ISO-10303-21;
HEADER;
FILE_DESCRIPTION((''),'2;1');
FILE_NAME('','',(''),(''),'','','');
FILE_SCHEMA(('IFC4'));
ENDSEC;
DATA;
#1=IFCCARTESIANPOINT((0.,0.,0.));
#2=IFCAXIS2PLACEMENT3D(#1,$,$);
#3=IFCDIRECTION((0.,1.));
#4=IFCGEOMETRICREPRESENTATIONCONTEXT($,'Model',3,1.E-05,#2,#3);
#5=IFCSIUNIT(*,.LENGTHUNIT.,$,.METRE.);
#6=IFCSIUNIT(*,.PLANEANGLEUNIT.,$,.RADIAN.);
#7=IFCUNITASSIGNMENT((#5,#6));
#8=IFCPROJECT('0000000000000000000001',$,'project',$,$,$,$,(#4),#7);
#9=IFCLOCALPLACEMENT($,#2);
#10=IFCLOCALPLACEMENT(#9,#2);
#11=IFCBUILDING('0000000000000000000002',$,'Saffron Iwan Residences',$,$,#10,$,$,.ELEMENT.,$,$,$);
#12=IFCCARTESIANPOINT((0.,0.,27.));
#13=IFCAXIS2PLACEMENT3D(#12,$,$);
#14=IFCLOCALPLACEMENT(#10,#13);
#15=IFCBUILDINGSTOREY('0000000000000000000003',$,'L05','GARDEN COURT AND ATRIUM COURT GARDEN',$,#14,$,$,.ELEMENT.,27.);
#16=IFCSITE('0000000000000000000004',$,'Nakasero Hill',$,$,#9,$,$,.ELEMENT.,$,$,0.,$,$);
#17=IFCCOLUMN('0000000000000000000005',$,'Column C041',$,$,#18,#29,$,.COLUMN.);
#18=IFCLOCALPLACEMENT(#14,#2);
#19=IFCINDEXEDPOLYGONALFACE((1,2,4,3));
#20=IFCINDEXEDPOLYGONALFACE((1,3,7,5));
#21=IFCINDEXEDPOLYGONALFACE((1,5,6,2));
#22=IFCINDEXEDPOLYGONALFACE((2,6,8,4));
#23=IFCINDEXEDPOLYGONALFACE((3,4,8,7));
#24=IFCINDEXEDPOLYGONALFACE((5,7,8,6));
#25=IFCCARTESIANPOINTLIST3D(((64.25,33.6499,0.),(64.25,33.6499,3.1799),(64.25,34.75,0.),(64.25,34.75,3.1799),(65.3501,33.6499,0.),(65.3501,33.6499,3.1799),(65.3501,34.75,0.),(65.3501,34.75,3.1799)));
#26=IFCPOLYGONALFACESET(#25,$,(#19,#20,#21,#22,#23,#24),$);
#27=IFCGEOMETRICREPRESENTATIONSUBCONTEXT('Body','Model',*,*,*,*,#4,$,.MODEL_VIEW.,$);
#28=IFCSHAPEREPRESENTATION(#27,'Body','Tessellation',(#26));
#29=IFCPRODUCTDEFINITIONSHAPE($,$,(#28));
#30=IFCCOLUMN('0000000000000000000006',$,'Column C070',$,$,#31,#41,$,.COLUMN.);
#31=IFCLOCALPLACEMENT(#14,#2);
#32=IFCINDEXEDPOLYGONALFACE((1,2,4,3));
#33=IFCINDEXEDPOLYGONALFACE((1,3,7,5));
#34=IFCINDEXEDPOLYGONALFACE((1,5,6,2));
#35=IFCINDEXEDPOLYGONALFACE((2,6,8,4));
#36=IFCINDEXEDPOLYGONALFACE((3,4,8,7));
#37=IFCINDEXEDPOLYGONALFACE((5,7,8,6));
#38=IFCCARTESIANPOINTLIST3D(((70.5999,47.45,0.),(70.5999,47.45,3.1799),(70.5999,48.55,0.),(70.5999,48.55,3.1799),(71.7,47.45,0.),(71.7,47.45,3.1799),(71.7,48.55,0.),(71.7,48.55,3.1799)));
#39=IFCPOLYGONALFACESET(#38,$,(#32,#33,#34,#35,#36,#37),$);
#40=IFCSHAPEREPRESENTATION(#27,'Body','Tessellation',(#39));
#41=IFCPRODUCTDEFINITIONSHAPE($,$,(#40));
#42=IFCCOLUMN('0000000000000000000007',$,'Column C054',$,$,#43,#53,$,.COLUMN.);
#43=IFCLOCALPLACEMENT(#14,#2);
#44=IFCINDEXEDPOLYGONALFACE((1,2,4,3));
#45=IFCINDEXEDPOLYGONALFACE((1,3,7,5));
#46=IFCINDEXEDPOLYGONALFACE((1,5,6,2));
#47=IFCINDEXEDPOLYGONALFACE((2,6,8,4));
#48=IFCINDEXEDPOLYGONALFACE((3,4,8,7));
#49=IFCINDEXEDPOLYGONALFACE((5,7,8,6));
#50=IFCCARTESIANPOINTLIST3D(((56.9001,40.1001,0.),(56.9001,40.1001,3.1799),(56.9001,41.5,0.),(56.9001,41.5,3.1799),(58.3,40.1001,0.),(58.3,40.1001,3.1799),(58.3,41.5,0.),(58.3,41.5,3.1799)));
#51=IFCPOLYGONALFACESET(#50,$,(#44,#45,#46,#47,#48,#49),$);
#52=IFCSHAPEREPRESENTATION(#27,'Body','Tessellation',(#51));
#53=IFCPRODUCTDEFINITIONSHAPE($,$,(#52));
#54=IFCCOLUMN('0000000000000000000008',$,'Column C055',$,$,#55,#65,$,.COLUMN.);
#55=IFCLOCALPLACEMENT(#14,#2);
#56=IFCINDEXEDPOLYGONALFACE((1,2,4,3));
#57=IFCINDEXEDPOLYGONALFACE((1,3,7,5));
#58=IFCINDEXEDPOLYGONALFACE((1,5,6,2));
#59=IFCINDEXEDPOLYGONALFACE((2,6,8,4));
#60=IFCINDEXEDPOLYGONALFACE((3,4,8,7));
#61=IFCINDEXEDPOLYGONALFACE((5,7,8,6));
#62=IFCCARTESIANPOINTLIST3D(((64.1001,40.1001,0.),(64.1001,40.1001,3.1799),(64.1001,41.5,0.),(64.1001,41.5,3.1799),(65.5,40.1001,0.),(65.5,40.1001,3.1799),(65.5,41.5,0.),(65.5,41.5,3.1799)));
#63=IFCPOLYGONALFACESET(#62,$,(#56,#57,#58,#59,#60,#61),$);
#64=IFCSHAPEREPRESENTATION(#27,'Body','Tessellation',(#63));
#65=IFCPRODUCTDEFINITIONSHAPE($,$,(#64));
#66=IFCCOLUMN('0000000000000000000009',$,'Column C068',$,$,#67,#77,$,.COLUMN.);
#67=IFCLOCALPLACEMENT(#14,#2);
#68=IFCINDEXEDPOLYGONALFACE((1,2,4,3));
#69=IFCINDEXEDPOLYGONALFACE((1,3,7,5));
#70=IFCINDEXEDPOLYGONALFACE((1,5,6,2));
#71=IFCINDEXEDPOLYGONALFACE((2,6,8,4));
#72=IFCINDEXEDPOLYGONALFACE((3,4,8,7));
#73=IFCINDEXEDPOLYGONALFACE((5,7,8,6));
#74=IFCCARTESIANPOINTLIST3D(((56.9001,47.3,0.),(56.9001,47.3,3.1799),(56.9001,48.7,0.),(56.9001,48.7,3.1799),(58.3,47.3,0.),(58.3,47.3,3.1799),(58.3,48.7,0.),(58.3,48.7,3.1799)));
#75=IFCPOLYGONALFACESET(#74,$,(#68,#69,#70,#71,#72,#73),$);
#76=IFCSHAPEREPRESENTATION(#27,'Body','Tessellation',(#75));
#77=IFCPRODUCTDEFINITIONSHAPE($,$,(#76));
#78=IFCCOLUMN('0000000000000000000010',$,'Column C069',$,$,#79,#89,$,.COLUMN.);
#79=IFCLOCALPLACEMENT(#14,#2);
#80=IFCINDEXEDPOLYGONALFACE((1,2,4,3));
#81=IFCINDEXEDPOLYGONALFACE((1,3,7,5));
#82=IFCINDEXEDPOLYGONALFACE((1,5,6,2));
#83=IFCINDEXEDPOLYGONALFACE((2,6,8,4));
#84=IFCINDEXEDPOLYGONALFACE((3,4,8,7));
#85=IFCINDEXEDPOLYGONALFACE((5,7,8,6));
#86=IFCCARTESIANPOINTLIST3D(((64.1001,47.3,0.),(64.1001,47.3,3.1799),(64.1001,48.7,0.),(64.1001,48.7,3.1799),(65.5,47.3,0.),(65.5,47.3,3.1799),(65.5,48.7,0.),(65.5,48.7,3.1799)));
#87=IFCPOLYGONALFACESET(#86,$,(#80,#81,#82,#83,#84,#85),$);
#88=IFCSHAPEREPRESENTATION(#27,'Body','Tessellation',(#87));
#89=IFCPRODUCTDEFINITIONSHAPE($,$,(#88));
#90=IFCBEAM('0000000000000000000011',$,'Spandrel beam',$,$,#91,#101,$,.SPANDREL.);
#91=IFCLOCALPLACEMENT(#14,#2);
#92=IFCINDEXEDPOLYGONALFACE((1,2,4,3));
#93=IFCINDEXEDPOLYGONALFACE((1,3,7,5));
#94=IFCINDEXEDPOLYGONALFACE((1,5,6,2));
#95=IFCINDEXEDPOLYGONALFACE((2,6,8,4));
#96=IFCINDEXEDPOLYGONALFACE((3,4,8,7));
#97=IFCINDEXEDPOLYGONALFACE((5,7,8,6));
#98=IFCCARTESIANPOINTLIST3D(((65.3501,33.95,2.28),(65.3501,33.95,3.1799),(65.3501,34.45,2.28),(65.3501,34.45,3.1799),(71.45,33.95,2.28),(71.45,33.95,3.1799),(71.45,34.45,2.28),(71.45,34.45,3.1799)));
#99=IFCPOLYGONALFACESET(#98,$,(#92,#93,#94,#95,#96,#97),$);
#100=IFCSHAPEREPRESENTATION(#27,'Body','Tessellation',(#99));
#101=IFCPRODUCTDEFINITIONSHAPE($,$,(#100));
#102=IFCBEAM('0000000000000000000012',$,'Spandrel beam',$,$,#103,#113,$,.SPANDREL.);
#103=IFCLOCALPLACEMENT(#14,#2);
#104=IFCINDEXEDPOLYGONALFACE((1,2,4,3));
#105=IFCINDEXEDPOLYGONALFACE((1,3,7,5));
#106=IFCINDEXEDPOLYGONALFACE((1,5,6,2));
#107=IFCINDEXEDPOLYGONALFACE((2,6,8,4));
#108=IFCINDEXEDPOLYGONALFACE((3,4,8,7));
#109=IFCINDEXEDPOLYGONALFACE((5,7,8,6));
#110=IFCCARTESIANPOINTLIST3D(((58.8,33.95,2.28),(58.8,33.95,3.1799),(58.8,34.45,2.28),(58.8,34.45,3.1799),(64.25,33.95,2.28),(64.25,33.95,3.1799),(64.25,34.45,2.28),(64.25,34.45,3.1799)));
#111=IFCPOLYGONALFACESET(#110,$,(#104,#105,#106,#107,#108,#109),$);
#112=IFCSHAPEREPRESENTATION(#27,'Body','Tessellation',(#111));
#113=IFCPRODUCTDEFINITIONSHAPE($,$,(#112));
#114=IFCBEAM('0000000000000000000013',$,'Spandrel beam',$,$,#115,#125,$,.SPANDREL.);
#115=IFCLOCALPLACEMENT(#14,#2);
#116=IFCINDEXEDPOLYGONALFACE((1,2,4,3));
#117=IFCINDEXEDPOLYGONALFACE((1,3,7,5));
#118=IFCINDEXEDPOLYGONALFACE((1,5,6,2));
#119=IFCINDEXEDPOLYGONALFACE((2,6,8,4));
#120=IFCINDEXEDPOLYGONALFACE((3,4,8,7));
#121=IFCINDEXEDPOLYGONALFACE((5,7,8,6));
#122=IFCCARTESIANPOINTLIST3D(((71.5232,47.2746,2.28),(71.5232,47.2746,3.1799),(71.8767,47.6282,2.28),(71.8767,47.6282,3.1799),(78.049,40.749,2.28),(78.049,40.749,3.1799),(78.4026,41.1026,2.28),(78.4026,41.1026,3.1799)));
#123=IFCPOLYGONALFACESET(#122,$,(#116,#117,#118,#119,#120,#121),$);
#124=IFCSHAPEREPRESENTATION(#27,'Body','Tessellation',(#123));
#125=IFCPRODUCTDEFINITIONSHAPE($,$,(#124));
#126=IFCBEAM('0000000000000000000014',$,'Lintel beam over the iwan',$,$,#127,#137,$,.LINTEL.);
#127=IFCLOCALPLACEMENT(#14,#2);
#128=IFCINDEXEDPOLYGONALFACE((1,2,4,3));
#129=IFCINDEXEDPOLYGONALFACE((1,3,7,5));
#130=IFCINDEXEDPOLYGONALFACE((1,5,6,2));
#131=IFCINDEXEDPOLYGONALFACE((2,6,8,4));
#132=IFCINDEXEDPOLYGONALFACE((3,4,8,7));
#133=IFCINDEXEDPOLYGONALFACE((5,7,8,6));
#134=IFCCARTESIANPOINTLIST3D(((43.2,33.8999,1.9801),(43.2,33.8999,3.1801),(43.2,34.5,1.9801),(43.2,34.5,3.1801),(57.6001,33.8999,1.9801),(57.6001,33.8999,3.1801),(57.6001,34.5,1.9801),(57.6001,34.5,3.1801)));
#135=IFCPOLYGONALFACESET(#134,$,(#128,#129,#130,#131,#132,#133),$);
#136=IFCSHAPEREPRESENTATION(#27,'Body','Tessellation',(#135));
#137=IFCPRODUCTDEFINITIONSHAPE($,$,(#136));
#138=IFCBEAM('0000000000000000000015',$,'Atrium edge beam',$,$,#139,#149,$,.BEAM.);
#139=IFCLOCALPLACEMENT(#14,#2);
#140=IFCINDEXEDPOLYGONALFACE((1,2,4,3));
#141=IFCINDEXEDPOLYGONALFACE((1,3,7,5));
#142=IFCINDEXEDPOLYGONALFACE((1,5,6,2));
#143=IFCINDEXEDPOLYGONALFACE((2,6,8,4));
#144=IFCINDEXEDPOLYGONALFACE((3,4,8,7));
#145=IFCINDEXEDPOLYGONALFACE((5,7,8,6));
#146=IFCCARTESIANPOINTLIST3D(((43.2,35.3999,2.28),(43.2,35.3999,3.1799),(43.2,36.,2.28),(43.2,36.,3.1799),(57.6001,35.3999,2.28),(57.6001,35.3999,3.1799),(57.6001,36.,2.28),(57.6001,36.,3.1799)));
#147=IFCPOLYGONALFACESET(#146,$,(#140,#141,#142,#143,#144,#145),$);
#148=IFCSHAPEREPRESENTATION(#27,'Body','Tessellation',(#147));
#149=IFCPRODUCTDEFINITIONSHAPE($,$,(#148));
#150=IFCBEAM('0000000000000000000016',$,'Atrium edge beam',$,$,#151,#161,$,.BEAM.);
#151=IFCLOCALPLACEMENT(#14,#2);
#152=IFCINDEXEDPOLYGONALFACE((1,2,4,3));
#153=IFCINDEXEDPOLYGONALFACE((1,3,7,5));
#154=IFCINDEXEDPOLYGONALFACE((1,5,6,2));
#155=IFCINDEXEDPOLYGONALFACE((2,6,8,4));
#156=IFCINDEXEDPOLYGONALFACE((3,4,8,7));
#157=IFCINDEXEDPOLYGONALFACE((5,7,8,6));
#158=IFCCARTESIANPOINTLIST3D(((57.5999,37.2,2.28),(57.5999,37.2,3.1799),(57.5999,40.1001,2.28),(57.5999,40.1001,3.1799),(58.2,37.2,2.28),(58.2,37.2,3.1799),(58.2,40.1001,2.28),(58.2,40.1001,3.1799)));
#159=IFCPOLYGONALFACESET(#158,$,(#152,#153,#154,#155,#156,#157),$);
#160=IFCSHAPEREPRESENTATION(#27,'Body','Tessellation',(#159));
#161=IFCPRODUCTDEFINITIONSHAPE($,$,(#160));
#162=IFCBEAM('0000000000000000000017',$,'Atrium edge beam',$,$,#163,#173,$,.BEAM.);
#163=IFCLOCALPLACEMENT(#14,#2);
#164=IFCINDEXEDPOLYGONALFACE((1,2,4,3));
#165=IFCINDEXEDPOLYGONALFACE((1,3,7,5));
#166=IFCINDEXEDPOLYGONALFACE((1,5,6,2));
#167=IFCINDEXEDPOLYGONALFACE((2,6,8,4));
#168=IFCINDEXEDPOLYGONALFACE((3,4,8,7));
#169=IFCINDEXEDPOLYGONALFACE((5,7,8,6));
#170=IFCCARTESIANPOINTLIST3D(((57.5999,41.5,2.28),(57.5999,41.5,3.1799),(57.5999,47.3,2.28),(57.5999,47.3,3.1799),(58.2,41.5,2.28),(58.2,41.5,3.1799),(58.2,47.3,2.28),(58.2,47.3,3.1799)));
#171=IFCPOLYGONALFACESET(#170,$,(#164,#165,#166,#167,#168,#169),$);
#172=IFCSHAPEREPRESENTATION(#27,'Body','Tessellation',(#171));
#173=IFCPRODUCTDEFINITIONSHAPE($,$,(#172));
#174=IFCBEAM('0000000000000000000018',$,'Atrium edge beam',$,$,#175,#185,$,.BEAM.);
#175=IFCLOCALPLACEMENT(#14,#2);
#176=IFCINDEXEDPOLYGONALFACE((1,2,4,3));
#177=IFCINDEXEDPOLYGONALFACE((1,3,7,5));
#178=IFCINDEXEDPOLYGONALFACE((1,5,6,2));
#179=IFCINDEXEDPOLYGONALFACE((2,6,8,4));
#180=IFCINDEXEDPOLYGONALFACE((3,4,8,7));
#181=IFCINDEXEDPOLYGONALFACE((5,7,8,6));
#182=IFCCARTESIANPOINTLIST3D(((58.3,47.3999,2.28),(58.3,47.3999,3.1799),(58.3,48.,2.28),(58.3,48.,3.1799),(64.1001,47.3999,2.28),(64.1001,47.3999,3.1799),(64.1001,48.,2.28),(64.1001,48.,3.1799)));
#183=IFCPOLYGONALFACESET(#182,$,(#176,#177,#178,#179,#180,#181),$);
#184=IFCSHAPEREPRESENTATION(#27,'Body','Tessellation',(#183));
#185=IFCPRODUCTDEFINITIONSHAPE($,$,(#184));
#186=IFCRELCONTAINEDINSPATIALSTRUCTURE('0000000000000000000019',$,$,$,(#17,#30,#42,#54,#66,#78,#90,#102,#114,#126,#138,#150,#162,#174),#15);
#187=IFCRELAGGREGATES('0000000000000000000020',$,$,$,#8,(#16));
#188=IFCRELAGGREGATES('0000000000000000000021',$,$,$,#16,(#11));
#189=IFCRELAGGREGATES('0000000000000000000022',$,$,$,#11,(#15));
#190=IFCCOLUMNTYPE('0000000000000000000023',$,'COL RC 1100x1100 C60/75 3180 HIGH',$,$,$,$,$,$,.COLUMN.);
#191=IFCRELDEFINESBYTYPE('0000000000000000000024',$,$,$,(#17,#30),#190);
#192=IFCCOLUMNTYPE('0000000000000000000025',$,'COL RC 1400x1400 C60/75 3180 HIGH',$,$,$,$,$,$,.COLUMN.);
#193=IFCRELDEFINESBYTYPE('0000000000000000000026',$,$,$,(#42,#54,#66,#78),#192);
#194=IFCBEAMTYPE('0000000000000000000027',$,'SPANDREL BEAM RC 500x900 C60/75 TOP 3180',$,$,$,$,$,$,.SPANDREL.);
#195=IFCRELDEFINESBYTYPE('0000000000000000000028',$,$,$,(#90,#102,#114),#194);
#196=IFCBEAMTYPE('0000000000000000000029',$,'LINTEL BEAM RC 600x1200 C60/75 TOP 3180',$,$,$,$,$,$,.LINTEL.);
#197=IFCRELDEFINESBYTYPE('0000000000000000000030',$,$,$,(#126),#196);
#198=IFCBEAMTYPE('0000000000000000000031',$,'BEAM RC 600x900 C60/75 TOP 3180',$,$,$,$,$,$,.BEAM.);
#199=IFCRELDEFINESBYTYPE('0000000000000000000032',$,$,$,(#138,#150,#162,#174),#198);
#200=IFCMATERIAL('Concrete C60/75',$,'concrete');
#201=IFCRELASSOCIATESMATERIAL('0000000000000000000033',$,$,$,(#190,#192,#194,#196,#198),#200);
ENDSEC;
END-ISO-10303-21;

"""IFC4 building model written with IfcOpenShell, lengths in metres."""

from ifc_helpers import new_model, si_unit, direction, frame, origin, origin_2d, place, context, subcontext, project, spatial, rectangle, extrude, source, transform, mapped, material, material_profile, profile_set, type_object, element, save


model = new_model("IFC4")

# Units and contexts
model_context = context("Model", 3, precision=1e-05, world=origin(), true_north=direction((0.0, 1.0)))
body_context = subcontext(model_context, "Body", "Model", "MODEL_VIEW")
ifc_project = project(units=[si_unit("LENGTHUNIT", "METRE"), si_unit("PLANEANGLEUNIT", "RADIAN")], contexts=[model_context])

# Site, building, storey
site_placement = place(None, origin())
site = spatial("IfcSite", under=ifc_project, at=site_placement, Name="Nakasero Hill", CompositionType="ELEMENT", RefElevation=0.0)
building_placement = place(site_placement, origin())
building = spatial("IfcBuilding", under=site, at=building_placement, Name="Saffron Iwan Residences", CompositionType="ELEMENT")
storey_placement = place(building_placement, frame((0.0, 0.0, 27.0)))
storey = spatial("IfcBuildingStorey", under=building, at=storey_placement, Name="L05", Description="GARDEN COURT AND ATRIUM COURT GARDEN", CompositionType="ELEMENT", Elevation=27.0)

# Columns
ifc_material_1 = material(Name="Concrete C60/75", Category="concrete")
ifc_material_profile_1 = material_profile(ifc_material_1, rectangle(XDim=1.1001, YDim=1.1001, at=origin_2d()), Name="RC 1100x1100")
ifc_profile_set_1 = profile_set([ifc_material_profile_1], Name="Concrete C60/75")
column_type_1 = type_object("IfcColumnType", Name="COL RC 1100x1100 C60/75 3180 HIGH", PredefinedType="COLUMN", material=ifc_profile_set_1)
shared_shape_1 = source(origin(), body_context, "Body", "SweptSolid", [
    extrude(rectangle(XDim=1.1001, YDim=1.1001, at=origin_2d()), origin(), (0.0, 0.0, 1.0), 3.1799),
])
for number, where, z_axis, x_axis, name in (
    (1, (64.8, 34.2, 0.0), (0.0, 0.0, 1.0), (1.0, 0.0, 0.0), "Column C041"),
    (2, (71.1499, 48.0, 0.0), (0.0, 0.0, 1.0), (1.0, 0.0, 0.0), "Column C070"),
):
    element("IfcColumn", number, at=place(storey_placement, frame(where, z_axis=z_axis, x_axis=x_axis)), inside=storey, type_object=column_type_1, Name=name, PredefinedType="COLUMN", context=body_context, shape_type="MappedRepresentation", body=[
        mapped(shared_shape_1, transform((0.0, 0.0, 0.0))),
    ])
ifc_material_profile_2 = material_profile(ifc_material_1, rectangle(XDim=1.3999, YDim=1.3999, at=origin_2d()), Name="RC 1400x1400")
ifc_profile_set_2 = profile_set([ifc_material_profile_2], Name="Concrete C60/75")
column_type_2 = type_object("IfcColumnType", Name="COL RC 1400x1400 C60/75 3180 HIGH", PredefinedType="COLUMN", material=ifc_profile_set_2)
shared_shape_2 = source(origin(), body_context, "Body", "SweptSolid", [
    extrude(rectangle(XDim=1.3999, YDim=1.3999, at=origin_2d()), origin(), (0.0, 0.0, 1.0), 3.1799),
])
for number, where, z_axis, x_axis, name in (
    (3, (57.6001, 40.8, 0.0), (0.0, 0.0, 1.0), (1.0, 0.0, 0.0), "Column C054"),
    (4, (64.8, 40.8, 0.0), (0.0, 0.0, 1.0), (1.0, 0.0, 0.0), "Column C055"),
    (5, (57.6001, 48.0, 0.0), (0.0, 0.0, 1.0), (1.0, 0.0, 0.0), "Column C068"),
    (6, (64.8, 48.0, 0.0), (0.0, 0.0, 1.0), (1.0, 0.0, 0.0), "Column C069"),
):
    element("IfcColumn", number, at=place(storey_placement, frame(where, z_axis=z_axis, x_axis=x_axis)), inside=storey, type_object=column_type_2, Name=name, PredefinedType="COLUMN", context=body_context, shape_type="MappedRepresentation", body=[
        mapped(shared_shape_2, transform((0.0, 0.0, 0.0))),
    ])

# Beams
ifc_material_profile_3 = material_profile(ifc_material_1, rectangle(XDim=0.5, YDim=0.8999, at=origin_2d()), Name="RC 500x900")
ifc_profile_set_3 = profile_set([ifc_material_profile_3], Name="Concrete C60/75")
beam_type_1 = type_object("IfcBeamType", Name="SPANDREL BEAM RC 500x900 C60/75 TOP 3180", PredefinedType="SPANDREL", material=ifc_profile_set_3)
shared_shape_3 = source(origin(), body_context, "Body", "SweptSolid", [
    extrude(rectangle(XDim=0.5, YDim=0.8999, at=origin_2d()), origin(), (0.0, 0.0, 1.0), 6.0999),
])
beam_1_placement = place(storey_placement, frame((71.45, 34.2, 2.73), z_axis=(-1.0, 0.0, 0.0), x_axis=(0.0, -1.0, 0.0)))
element("IfcBeam", 7, at=beam_1_placement, inside=storey, type_object=beam_type_1, Name="Spandrel beam", PredefinedType="SPANDREL", context=body_context, shape_type="MappedRepresentation", body=[
    mapped(shared_shape_3, transform((0.0, 0.0, 0.0))),
])
shared_shape_4 = source(origin(), body_context, "Body", "SweptSolid", [
    extrude(rectangle(XDim=0.5, YDim=0.8999, at=origin_2d()), origin(), (0.0, 0.0, 1.0), 5.45),
])
beam_2_placement = place(storey_placement, frame((64.25, 34.2, 2.73), z_axis=(-1.0, 0.0, 0.0), x_axis=(0.0, -1.0, 0.0)))
element("IfcBeam", 8, at=beam_2_placement, inside=storey, type_object=beam_type_1, Name="Spandrel beam", PredefinedType="SPANDREL", context=body_context, shape_type="MappedRepresentation", body=[
    mapped(shared_shape_4, transform((0.0, 0.0, 0.0))),
])
shared_shape_5 = source(origin(), body_context, "Body", "SweptSolid", [
    extrude(rectangle(XDim=0.5, YDim=0.8999, at=origin_2d()), origin(), (0.0, 0.0, 1.0), 9.2288),
])
beam_3_placement = place(storey_placement, frame((71.7, 47.4514, 2.73), z_axis=(0.70712, -0.707094, 0.0), x_axis=(0.707094, 0.70712, 0.0)))
element("IfcBeam", 9, at=beam_3_placement, inside=storey, type_object=beam_type_1, Name="Spandrel beam", PredefinedType="SPANDREL", context=body_context, shape_type="MappedRepresentation", body=[
    mapped(shared_shape_5, transform((0.0, 0.0, 0.0))),
])
ifc_material_profile_4 = material_profile(ifc_material_1, rectangle(XDim=0.6001, YDim=1.2, at=origin_2d()), Name="RC 600x1200")
ifc_profile_set_4 = profile_set([ifc_material_profile_4], Name="Concrete C60/75")
beam_type_2 = type_object("IfcBeamType", Name="LINTEL BEAM RC 600x1200 C60/75 TOP 3180", PredefinedType="LINTEL", material=ifc_profile_set_4)
shared_shape_6 = source(origin(), body_context, "Body", "SweptSolid", [
    extrude(rectangle(XDim=0.6001, YDim=1.2, at=origin_2d()), origin(), (0.0, 0.0, 1.0), 14.4001),
])
beam_4_placement = place(storey_placement, frame((57.6001, 34.2, 2.5801), z_axis=(-1.0, 0.0, 0.0), x_axis=(0.0, -1.0, 0.0)))
element("IfcBeam", 10, at=beam_4_placement, inside=storey, type_object=beam_type_2, Name="Lintel beam over the iwan", PredefinedType="LINTEL", context=body_context, shape_type="MappedRepresentation", body=[
    mapped(shared_shape_6, transform((0.0, 0.0, 0.0))),
])
ifc_material_profile_5 = material_profile(ifc_material_1, rectangle(XDim=0.6001, YDim=0.8999, at=origin_2d()), Name="RC 600x900")
ifc_profile_set_5 = profile_set([ifc_material_profile_5], Name="Concrete C60/75")
beam_type_3 = type_object("IfcBeamType", Name="BEAM RC 600x900 C60/75 TOP 3180", PredefinedType="BEAM", material=ifc_profile_set_5)
shared_shape_7 = source(origin(), body_context, "Body", "SweptSolid", [
    extrude(rectangle(XDim=0.6001, YDim=0.8999, at=origin_2d()), origin(), (0.0, 0.0, 1.0), 14.4001),
])
beam_5_placement = place(storey_placement, frame((57.6001, 35.7, 2.73), z_axis=(-1.0, 0.0, 0.0), x_axis=(0.0, -1.0, 0.0)))
element("IfcBeam", 11, at=beam_5_placement, inside=storey, type_object=beam_type_3, Name="Atrium edge beam", PredefinedType="BEAM", context=body_context, shape_type="MappedRepresentation", body=[
    mapped(shared_shape_7, transform((0.0, 0.0, 0.0))),
])
shared_shape_8 = source(origin(), body_context, "Body", "SweptSolid", [
    extrude(rectangle(XDim=0.6001, YDim=0.8999, at=origin_2d()), origin(), (0.0, 0.0, 1.0), 2.9001),
])
beam_6_placement = place(storey_placement, frame((57.8999, 40.1001, 2.73), z_axis=(0.0, -1.0, 0.0), x_axis=(1.0, 0.0, 0.0)))
element("IfcBeam", 12, at=beam_6_placement, inside=storey, type_object=beam_type_3, Name="Atrium edge beam", PredefinedType="BEAM", context=body_context, shape_type="MappedRepresentation", body=[
    mapped(shared_shape_8, transform((0.0, 0.0, 0.0))),
])
shared_shape_9 = source(origin(), body_context, "Body", "SweptSolid", [
    extrude(rectangle(XDim=0.6001, YDim=0.8999, at=origin_2d()), origin(), (0.0, 0.0, 1.0), 5.8),
])
for number, where, z_axis, x_axis, name in (
    (13, (57.8999, 47.3, 2.73), (0.0, -1.0, 0.0), (1.0, 0.0, 0.0), "Atrium edge beam"),
    (14, (64.1001, 47.7, 2.73), (-1.0, 0.0, 0.0), (0.0, -1.0, 0.0), "Atrium edge beam"),
):
    element("IfcBeam", number, at=place(storey_placement, frame(where, z_axis=z_axis, x_axis=x_axis)), inside=storey, type_object=beam_type_3, Name=name, PredefinedType="BEAM", context=body_context, shape_type="MappedRepresentation", body=[
        mapped(shared_shape_9, transform((0.0, 0.0, 0.0))),
    ])

save(model, "model.ifc")
